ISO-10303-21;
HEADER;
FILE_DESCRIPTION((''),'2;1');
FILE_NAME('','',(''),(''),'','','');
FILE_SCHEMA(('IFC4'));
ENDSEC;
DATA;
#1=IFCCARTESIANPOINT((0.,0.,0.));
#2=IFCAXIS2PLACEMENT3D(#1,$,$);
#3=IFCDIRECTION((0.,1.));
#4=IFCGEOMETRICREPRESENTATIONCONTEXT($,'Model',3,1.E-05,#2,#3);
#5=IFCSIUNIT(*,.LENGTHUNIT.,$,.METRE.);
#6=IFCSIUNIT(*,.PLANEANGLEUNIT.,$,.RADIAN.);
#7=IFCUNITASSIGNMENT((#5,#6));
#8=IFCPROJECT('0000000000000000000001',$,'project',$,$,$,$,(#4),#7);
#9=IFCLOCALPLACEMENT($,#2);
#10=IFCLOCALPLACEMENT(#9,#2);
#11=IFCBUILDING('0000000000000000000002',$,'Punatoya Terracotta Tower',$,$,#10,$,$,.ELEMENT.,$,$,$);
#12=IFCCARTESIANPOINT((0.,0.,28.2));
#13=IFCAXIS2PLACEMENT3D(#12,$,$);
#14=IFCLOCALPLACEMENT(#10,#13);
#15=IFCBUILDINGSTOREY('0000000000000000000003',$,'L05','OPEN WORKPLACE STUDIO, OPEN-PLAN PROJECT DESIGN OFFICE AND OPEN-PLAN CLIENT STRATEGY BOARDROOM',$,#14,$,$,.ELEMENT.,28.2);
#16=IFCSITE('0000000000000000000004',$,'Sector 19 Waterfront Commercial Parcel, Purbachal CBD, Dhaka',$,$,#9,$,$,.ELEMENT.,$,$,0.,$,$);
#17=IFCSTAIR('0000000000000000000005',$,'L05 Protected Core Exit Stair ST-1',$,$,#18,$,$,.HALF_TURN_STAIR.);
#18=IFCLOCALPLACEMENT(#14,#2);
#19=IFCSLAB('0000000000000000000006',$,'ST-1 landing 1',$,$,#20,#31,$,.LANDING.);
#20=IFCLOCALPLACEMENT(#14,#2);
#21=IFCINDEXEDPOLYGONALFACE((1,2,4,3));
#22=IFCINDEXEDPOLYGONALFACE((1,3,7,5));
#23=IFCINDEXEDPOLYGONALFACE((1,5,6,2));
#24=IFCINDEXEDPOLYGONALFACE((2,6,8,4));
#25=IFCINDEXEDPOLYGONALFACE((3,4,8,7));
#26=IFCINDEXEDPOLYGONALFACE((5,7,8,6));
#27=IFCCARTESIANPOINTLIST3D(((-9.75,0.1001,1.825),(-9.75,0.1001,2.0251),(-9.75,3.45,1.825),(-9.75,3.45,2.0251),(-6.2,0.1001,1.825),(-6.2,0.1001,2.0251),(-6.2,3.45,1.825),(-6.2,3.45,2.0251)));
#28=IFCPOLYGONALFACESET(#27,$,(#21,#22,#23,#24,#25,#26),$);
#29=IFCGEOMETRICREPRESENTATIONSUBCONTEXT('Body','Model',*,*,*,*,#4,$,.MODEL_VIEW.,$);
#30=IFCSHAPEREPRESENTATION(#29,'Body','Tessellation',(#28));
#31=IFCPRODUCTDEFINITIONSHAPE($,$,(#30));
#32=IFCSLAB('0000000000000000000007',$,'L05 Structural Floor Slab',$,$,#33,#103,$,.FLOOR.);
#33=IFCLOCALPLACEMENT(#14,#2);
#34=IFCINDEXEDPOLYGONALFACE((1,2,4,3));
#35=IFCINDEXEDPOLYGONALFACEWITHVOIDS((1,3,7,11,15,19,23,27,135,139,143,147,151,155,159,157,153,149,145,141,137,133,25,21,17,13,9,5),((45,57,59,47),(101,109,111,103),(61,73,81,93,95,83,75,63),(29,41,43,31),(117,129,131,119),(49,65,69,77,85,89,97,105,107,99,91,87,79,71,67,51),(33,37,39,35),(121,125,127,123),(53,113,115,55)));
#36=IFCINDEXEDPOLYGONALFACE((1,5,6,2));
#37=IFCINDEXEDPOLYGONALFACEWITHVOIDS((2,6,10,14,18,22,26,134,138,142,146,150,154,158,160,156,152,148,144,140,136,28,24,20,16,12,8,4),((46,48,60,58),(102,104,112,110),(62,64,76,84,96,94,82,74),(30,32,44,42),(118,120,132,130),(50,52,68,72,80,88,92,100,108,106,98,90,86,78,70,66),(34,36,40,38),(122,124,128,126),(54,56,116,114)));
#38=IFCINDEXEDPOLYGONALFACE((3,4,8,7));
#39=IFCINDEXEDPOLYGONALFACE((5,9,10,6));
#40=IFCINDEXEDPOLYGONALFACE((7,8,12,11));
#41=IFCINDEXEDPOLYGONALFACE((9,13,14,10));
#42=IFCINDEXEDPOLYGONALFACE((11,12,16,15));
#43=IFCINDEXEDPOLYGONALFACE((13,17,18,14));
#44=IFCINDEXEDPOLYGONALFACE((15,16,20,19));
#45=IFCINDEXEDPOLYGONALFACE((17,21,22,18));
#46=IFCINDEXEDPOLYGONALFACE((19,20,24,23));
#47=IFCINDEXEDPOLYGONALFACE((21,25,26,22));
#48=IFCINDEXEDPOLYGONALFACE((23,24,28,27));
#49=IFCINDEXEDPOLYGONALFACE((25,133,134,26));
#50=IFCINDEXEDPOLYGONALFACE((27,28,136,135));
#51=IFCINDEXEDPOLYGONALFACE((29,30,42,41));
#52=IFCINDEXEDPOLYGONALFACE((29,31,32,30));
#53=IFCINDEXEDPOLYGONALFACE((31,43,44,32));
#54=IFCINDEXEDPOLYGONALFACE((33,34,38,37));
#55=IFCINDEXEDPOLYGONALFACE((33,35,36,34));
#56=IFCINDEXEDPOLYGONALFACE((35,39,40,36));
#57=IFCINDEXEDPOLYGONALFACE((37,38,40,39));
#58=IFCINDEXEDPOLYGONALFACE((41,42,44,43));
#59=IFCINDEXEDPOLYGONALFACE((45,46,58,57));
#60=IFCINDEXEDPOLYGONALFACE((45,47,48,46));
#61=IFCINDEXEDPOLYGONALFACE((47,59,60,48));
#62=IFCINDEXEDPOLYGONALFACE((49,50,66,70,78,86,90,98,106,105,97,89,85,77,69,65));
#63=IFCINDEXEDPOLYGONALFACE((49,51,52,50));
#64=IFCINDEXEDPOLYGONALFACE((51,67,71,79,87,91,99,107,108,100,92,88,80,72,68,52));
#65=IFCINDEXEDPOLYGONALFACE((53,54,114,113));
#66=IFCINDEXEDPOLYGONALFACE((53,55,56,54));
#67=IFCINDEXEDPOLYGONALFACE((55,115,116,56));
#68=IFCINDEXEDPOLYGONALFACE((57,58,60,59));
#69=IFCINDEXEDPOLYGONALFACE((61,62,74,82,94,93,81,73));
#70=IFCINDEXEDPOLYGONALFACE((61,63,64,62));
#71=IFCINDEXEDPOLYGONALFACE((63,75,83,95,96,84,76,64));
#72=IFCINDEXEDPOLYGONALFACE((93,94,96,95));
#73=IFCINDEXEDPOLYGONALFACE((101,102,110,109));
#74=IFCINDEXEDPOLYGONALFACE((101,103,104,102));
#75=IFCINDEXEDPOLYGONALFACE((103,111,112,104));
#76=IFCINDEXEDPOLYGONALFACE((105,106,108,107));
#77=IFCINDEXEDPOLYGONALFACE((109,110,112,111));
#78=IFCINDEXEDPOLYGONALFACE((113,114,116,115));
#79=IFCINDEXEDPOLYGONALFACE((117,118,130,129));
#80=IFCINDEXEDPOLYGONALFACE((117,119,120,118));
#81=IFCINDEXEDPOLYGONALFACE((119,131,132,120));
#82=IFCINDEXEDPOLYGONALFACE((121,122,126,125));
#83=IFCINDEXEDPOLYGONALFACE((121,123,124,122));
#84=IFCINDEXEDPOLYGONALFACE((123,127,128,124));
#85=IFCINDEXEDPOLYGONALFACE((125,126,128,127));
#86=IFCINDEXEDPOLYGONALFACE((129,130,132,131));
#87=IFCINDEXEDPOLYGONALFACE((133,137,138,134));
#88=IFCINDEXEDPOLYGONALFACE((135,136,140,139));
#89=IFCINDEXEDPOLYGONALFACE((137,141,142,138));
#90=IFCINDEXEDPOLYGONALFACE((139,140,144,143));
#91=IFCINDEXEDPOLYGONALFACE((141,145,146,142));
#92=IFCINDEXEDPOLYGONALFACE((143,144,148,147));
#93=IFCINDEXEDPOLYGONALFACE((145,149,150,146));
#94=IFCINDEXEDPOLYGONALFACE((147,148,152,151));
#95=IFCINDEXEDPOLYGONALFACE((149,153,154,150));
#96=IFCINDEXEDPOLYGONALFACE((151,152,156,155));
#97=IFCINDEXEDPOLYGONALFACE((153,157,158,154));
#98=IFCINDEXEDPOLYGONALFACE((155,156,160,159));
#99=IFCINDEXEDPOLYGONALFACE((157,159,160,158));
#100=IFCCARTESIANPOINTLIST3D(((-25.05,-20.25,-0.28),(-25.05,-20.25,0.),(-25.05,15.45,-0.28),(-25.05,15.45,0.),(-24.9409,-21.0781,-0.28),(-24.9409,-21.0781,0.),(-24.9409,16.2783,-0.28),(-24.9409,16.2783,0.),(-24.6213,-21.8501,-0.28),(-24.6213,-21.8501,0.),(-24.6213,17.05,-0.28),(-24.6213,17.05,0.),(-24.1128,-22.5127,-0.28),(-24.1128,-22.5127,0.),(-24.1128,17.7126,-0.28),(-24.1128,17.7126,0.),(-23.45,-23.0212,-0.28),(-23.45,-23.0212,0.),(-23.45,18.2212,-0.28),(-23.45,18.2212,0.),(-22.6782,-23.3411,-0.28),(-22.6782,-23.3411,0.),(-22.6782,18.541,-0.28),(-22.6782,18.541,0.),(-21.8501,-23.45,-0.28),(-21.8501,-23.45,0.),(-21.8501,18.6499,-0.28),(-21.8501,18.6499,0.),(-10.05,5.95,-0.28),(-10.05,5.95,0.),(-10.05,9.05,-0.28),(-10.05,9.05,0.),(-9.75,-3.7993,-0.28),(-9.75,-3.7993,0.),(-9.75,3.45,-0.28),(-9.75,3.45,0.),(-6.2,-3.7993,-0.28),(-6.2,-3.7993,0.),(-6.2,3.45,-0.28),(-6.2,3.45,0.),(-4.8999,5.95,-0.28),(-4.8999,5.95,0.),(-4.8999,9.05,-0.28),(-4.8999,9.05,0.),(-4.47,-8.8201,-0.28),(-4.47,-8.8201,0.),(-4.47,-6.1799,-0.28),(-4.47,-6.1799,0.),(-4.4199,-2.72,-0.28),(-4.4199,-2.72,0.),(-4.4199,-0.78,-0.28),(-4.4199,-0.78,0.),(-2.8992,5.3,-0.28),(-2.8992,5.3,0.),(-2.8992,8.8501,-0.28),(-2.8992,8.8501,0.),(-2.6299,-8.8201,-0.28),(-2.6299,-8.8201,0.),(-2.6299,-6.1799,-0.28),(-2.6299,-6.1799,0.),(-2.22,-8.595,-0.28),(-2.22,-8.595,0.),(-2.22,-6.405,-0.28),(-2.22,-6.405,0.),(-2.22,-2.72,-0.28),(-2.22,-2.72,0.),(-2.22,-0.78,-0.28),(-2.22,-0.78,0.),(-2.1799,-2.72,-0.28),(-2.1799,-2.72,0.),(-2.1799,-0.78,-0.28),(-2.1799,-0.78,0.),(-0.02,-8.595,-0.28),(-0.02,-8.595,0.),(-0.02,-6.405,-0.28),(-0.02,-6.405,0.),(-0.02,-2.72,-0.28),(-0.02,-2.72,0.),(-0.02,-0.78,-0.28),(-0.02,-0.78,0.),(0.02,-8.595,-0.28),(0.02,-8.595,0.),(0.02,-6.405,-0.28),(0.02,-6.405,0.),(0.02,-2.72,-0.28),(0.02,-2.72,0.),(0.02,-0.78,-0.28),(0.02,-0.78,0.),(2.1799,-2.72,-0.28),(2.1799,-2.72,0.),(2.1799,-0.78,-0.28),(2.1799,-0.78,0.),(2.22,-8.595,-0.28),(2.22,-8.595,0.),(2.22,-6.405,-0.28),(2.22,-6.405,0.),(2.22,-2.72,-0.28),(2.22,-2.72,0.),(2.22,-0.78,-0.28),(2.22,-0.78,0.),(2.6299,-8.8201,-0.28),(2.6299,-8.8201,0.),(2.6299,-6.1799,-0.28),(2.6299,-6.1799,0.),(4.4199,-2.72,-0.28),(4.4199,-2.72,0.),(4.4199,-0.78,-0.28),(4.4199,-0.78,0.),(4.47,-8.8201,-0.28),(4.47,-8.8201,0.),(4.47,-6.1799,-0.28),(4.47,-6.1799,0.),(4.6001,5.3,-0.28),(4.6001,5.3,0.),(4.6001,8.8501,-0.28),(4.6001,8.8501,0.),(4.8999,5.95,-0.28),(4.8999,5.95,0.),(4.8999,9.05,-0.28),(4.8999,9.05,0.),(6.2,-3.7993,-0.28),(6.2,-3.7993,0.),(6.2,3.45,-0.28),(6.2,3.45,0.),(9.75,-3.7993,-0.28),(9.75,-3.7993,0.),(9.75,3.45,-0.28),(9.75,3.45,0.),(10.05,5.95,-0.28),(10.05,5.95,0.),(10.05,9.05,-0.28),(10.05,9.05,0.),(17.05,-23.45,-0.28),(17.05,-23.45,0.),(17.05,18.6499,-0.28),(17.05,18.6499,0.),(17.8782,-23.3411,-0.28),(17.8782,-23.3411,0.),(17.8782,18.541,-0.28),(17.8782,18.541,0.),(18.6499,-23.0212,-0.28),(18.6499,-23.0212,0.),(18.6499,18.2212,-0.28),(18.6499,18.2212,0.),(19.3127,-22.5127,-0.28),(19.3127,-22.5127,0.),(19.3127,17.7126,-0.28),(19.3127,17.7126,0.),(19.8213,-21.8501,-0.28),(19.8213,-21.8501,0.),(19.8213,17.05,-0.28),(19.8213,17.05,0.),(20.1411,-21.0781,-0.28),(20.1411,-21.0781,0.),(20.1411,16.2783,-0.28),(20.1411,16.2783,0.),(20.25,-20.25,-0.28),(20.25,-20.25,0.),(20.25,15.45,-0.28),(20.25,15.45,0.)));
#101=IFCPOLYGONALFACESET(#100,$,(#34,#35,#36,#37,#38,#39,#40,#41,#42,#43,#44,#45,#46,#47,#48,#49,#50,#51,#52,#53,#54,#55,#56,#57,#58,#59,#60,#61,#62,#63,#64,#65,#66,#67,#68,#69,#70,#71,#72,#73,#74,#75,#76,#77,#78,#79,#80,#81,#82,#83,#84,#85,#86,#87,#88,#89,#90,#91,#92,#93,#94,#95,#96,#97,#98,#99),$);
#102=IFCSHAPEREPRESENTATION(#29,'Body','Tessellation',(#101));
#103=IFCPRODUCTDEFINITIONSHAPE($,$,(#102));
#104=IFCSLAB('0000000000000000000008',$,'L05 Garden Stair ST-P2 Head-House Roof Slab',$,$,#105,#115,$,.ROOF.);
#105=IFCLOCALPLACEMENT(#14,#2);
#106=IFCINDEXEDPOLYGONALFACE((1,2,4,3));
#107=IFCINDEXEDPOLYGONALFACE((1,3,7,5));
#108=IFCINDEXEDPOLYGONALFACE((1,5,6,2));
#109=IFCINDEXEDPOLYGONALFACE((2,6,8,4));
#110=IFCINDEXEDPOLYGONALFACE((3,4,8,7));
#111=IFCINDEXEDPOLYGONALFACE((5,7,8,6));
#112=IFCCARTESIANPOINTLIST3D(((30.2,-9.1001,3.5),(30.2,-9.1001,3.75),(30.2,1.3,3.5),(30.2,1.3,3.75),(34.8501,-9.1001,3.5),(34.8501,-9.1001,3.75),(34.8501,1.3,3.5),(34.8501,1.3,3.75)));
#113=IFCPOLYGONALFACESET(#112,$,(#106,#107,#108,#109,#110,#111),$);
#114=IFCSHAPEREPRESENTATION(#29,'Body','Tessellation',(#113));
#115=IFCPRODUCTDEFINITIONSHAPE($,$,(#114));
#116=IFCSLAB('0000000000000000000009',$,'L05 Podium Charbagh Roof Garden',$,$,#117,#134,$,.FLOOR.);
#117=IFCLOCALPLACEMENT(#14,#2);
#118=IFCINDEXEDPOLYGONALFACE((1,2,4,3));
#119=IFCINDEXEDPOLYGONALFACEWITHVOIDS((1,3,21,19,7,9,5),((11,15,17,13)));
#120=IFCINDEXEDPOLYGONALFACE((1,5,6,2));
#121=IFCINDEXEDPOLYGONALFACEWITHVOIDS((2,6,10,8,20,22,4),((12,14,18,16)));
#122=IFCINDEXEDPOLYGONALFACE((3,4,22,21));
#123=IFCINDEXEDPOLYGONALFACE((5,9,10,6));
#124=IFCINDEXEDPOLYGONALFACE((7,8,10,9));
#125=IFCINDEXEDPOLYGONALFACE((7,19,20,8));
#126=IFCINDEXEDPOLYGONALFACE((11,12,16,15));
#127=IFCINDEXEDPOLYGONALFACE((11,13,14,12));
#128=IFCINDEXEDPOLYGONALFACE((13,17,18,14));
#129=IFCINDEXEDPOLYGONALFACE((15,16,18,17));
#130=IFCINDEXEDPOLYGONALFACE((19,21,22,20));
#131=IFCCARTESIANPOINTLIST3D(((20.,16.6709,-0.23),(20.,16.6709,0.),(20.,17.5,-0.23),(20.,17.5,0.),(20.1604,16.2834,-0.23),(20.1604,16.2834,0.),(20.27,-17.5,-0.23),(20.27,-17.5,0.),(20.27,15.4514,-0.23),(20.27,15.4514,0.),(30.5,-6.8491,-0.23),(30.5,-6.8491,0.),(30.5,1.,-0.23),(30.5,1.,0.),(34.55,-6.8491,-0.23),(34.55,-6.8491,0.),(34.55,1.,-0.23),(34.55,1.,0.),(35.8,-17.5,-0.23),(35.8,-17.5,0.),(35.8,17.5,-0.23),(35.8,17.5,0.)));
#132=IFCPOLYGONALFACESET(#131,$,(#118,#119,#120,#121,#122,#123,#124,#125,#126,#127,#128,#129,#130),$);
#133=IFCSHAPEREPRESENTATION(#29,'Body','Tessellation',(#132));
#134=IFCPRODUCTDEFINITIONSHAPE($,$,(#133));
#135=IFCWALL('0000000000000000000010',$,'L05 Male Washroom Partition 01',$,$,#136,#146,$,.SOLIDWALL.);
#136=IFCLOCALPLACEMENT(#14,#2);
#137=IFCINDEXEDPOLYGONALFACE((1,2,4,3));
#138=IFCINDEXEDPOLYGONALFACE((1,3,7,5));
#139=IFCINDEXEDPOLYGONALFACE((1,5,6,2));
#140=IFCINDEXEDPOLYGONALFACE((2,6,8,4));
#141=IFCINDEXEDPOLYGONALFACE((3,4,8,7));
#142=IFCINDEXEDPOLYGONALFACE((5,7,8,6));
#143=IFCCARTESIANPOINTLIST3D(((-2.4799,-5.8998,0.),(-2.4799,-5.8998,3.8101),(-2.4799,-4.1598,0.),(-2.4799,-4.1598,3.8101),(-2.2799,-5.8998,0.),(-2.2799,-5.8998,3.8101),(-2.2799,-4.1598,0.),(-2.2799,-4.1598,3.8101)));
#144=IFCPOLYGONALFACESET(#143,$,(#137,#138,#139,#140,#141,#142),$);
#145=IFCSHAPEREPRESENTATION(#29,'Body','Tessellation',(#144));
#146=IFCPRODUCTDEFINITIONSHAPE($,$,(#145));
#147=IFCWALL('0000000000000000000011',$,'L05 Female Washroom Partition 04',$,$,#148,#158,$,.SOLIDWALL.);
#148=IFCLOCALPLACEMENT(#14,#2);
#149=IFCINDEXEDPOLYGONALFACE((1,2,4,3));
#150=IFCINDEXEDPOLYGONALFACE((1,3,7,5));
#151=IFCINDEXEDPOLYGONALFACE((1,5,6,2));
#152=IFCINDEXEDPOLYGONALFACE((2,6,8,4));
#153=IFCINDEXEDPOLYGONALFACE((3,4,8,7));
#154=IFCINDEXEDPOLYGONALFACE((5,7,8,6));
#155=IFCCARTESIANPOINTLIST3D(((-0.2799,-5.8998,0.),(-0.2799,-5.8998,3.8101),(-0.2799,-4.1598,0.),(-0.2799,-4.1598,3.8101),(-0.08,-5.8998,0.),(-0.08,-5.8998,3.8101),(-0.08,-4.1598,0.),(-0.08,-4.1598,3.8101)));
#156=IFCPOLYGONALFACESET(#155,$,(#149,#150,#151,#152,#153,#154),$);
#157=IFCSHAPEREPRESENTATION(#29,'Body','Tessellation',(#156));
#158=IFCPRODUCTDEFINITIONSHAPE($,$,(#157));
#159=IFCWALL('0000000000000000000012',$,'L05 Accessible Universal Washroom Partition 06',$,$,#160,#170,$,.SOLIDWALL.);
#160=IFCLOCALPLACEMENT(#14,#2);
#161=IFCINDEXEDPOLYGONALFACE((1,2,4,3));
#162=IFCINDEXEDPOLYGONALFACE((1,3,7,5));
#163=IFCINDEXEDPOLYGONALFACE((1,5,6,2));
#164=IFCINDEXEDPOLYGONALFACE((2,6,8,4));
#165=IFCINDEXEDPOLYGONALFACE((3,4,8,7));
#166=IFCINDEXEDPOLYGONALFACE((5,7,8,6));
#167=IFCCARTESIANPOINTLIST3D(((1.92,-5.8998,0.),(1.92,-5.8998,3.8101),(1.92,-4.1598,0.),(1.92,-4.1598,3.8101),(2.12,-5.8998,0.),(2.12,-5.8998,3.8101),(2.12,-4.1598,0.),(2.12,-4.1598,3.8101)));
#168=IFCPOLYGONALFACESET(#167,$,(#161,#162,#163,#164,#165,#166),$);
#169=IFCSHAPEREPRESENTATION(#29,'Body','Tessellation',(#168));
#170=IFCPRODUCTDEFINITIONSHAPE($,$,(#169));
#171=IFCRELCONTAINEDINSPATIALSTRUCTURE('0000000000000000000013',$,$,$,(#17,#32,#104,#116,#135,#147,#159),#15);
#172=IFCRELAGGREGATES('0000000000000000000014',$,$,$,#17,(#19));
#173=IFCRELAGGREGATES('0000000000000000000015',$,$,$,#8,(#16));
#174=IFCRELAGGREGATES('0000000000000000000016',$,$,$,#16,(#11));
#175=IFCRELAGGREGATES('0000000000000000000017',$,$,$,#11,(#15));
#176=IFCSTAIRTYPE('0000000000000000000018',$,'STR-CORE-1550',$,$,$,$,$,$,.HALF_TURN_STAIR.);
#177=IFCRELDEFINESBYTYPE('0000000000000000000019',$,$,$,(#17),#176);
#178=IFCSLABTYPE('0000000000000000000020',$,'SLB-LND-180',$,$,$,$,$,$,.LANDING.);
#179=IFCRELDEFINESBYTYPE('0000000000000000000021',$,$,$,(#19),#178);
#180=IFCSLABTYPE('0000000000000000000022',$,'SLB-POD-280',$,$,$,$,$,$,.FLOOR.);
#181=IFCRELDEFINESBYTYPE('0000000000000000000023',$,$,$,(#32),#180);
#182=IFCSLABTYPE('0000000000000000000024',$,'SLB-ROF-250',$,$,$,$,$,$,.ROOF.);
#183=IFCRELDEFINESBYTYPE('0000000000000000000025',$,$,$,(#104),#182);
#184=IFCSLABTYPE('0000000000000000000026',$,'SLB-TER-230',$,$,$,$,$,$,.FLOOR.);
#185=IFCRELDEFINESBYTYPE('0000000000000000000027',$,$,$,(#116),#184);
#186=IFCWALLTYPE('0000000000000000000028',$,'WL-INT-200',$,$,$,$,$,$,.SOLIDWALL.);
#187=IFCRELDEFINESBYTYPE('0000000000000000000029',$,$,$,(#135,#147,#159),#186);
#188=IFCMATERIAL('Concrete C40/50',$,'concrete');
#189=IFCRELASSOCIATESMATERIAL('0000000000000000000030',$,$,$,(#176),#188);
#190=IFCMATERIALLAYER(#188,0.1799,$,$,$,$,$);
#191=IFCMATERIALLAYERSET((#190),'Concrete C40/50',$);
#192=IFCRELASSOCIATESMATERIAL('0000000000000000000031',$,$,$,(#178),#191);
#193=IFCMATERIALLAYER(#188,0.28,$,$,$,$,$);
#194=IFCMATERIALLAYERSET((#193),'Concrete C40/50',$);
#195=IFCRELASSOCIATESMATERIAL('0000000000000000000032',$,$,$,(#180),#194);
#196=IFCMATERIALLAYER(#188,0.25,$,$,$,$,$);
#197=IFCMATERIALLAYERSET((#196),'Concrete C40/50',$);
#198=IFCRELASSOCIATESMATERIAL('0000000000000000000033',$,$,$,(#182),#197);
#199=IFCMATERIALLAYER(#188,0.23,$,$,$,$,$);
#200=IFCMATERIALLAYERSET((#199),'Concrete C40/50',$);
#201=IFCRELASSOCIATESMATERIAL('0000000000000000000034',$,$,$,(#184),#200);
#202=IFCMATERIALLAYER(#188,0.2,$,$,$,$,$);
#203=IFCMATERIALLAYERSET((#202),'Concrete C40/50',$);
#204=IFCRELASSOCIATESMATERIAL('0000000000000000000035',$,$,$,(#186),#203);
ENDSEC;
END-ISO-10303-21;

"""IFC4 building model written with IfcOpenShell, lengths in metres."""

from ifc_helpers import new_model, si_unit, direction, frame, frame_2d, origin, place, context, subcontext, project, spatial, polyline, rectangle, outline, extrude, material, layer, layer_set, type_object, element, aggregate, save


model = new_model("IFC4")

# Units and contexts
model_context = context("Model", 3, precision=1e-05, world=origin(), true_north=direction((0.0, 1.0)))
body_context = subcontext(model_context, "Body", "Model", "MODEL_VIEW")
ifc_project = project(units=[si_unit("LENGTHUNIT", "METRE"), si_unit("PLANEANGLEUNIT", "RADIAN")], contexts=[model_context])

# Site, building, storey
site_placement = place(None, origin())
site = spatial("IfcSite", under=ifc_project, at=site_placement, Name="Sector 19 Waterfront Commercial Parcel, Purbachal CBD, Dhaka", CompositionType="ELEMENT", RefElevation=0.0)
building_placement = place(site_placement, origin())
building = spatial("IfcBuilding", under=site, at=building_placement, Name="Punatoya Terracotta Tower", CompositionType="ELEMENT")
storey_placement = place(building_placement, frame((0.0, 0.0, 28.2)))
storey = spatial("IfcBuildingStorey", under=building, at=storey_placement, Name="L05", Description="OPEN WORKPLACE STUDIO, OPEN-PLAN PROJECT DESIGN OFFICE AND OPEN-PLAN CLIENT STRATEGY BOARDROOM", CompositionType="ELEMENT", Elevation=28.2)

# Stair, slab
ifc_material_1 = material(Name="Concrete C40/50", Category="concrete")
stair_type = type_object("IfcStairType", Name="STR-CORE-1550", PredefinedType="HALF_TURN_STAIR", material=ifc_material_1)
stair_placement = place(storey_placement, origin())
stair = element("IfcStair", 1, at=stair_placement, inside=storey, type_object=stair_type, Name="L05 Protected Core Exit Stair ST-1", PredefinedType="HALF_TURN_STAIR")
ifc_layer_1 = layer(ifc_material_1, 0.1799)
ifc_layer_set_1 = layer_set([ifc_layer_1], Name="Concrete C40/50")
slab_type_1 = type_object("IfcSlabType", Name="SLB-LND-180", PredefinedType="LANDING", material=ifc_layer_set_1)
slab_1_placement = place(storey_placement, frame((0.0, 0.0, 1.825)))
slab_1 = element("IfcSlab", 2, at=slab_1_placement, type_object=slab_type_1, Name="ST-1 landing 1", PredefinedType="LANDING", context=body_context, shape_type="SweptSolid", body=[
    extrude(outline(polyline([(-6.2, 0.1001), (-6.2, 3.45), (-9.75, 3.45), (-9.75, 0.1001), (-6.2, 0.1001)])), origin(), (0.0, 0.0, 1.0), 0.2002),
])
aggregate(stair, [slab_1])

# Slabs
ifc_layer_2 = layer(ifc_material_1, 0.28)
ifc_layer_set_2 = layer_set([ifc_layer_2], Name="Concrete C40/50")
slab_type_2 = type_object("IfcSlabType", Name="SLB-POD-280", PredefinedType="FLOOR", material=ifc_layer_set_2)
slab_2_placement = place(storey_placement, frame((0.0, 0.0, -0.28)))
element("IfcSlab", 3, at=slab_2_placement, inside=storey, type_object=slab_type_2, Name="L05 Structural Floor Slab", PredefinedType="FLOOR", context=body_context, shape_type="SweptSolid", body=[
    extrude(outline(polyline([(-21.8501, -23.45), (-22.6782, -23.3411), (-23.45, -23.0212), (-24.1128, -22.5127), (-24.6213, -21.8501), (-24.9409, -21.0781), (-25.05, -20.25), (-25.05, 15.45), (-24.9409, 16.2783), (-24.6213, 17.05), (-24.1128, 17.7126), (-23.45, 18.2212), (-22.6782, 18.541), (-21.8501, 18.6499), (17.05, 18.6499), (17.8782, 18.541), (18.6499, 18.2212), (19.3127, 17.7126), (19.8213, 17.05), (20.1411, 16.2783), (20.25, 15.45), (20.25, -20.25), (20.1411, -21.0781), (19.8213, -21.8501), (19.3127, -22.5127), (18.6499, -23.0212), (17.8782, -23.3411), (17.05, -23.45), (-21.8501, -23.45)]), holes=[polyline([(-2.6299, -8.8201), (-2.6299, -6.1799), (-4.47, -6.1799), (-4.47, -8.8201), (-2.6299, -8.8201)]), polyline([(0.02, -8.595), (2.22, -8.595), (2.22, -6.405), (0.02, -6.405), (-0.02, -6.405), (-2.22, -6.405), (-2.22, -8.595), (-0.02, -8.595), (0.02, -8.595)]), polyline([(-2.22, -0.78), (-4.4199, -0.78), (-4.4199, -2.72), (-2.22, -2.72), (-2.1799, -2.72), (-0.02, -2.72), (0.02, -2.72), (2.1799, -2.72), (2.22, -2.72), (4.4199, -2.72), (4.4199, -0.78), (2.22, -0.78), (2.1799, -0.78), (0.02, -0.78), (-0.02, -0.78), (-2.1799, -0.78), (-2.22, -0.78)]), polyline([(-6.2, 3.45), (-9.75, 3.45), (-9.75, -3.7993), (-6.2, -3.7993), (-6.2, 3.45)]), polyline([(4.6001, 5.3), (4.6001, 8.8501), (-2.8992, 8.8501), (-2.8992, 5.3), (4.6001, 5.3)]), polyline([(-4.8999, 5.95), (-4.8999, 9.05), (-10.05, 9.05), (-10.05, 5.95), (-4.8999, 5.95)]), polyline([(4.47, -8.8201), (4.47, -6.1799), (2.6299, -6.1799), (2.6299, -8.8201), (4.47, -8.8201)]), polyline([(9.75, 3.45), (6.2, 3.45), (6.2, -3.7993), (9.75, -3.7993), (9.75, 3.45)]), polyline([(10.05, 5.95), (10.05, 9.05), (4.8999, 9.05), (4.8999, 5.95), (10.05, 5.95)])]), origin(), (0.0, 0.0, 1.0), 0.28),
])
ifc_layer_3 = layer(ifc_material_1, 0.25)
ifc_layer_set_3 = layer_set([ifc_layer_3], Name="Concrete C40/50")
slab_type_3 = type_object("IfcSlabType", Name="SLB-ROF-250", PredefinedType="ROOF", material=ifc_layer_set_3)
slab_3_placement = place(storey_placement, frame((0.0, 0.0, 3.5)))
element("IfcSlab", 4, at=slab_3_placement, inside=storey, type_object=slab_type_3, Name="L05 Garden Stair ST-P2 Head-House Roof Slab", PredefinedType="ROOF", context=body_context, shape_type="SweptSolid", body=[
    extrude(outline(polyline([(30.2, -9.1001), (34.8501, -9.1001), (34.8501, 1.3), (30.2, 1.3), (30.2, -9.1001)])), origin(), (0.0, 0.0, 1.0), 0.25),
])

# Slab
ifc_layer_4 = layer(ifc_material_1, 0.23)
ifc_layer_set_4 = layer_set([ifc_layer_4], Name="Concrete C40/50")
slab_type_4 = type_object("IfcSlabType", Name="SLB-TER-230", PredefinedType="FLOOR", material=ifc_layer_set_4)
slab_4_placement = place(storey_placement, frame((0.0, 0.0, -0.23)))
element("IfcSlab", 5, at=slab_4_placement, inside=storey, type_object=slab_type_4, Name="L05 Podium Charbagh Roof Garden", PredefinedType="FLOOR", context=body_context, shape_type="SweptSolid", body=[
    extrude(outline(polyline([(35.8, 17.5), (35.8, -17.5), (20.27, -17.5), (20.27, 15.4514), (20.1604, 16.2834), (20.0, 16.6709), (20.0, 17.5), (35.8, 17.5)]), holes=[polyline([(34.55, 1.0), (30.5, 1.0), (30.5, -6.8491), (34.55, -6.8491), (34.55, 1.0)])]), origin(), (0.0, 0.0, 1.0), 0.23),
])

# Wall
ifc_layer_5 = layer(ifc_material_1, 0.2)
ifc_layer_set_5 = layer_set([ifc_layer_5], Name="Concrete C40/50")
wall_type_1 = type_object("IfcWallType", Name="WL-INT-200", PredefinedType="SOLIDWALL", material=ifc_layer_set_5)
wall_1_placement = place(storey_placement, frame((-2.3799, -5.8999, 0.0), z_axis=(0.0, 0.0, 1.0), x_axis=(0.0, 1.0, 0.0)))
element("IfcWall", 6, at=wall_1_placement, inside=storey, type_object=wall_type_1, Name="L05 Male Washroom Partition 01", PredefinedType="SOLIDWALL", context=body_context, shape_type="SweptSolid", body=[
    extrude(rectangle(XDim=1.74, YDim=0.2, at=frame_2d((0.8701, 0.0))), origin(), (0.0, 0.0, 1.0), 3.8101),
])

# Wall
wall_2_placement = place(storey_placement, frame((-0.1799, -5.8999, 0.0), z_axis=(0.0, 0.0, 1.0), x_axis=(0.0, 1.0, 0.0)))
element("IfcWall", 7, at=wall_2_placement, inside=storey, type_object=wall_type_1, Name="L05 Female Washroom Partition 04", PredefinedType="SOLIDWALL", context=body_context, shape_type="SweptSolid", body=[
    extrude(rectangle(XDim=1.74, YDim=0.2, at=frame_2d((0.8701, 0.0))), origin(), (0.0, 0.0, 1.0), 3.8101),
])

# Wall
wall_3_placement = place(storey_placement, frame((2.02, -5.8999, 0.0), z_axis=(0.0, 0.0, 1.0), x_axis=(0.0, 1.0, 0.0)))
element("IfcWall", 8, at=wall_3_placement, inside=storey, type_object=wall_type_1, Name="L05 Accessible Universal Washroom Partition 06", PredefinedType="SOLIDWALL", context=body_context, shape_type="SweptSolid", body=[
    extrude(rectangle(XDim=1.74, YDim=0.2, at=frame_2d((0.8701, 0.0))), origin(), (0.0, 0.0, 1.0), 3.8101),
])

save(model, "model.ifc")
